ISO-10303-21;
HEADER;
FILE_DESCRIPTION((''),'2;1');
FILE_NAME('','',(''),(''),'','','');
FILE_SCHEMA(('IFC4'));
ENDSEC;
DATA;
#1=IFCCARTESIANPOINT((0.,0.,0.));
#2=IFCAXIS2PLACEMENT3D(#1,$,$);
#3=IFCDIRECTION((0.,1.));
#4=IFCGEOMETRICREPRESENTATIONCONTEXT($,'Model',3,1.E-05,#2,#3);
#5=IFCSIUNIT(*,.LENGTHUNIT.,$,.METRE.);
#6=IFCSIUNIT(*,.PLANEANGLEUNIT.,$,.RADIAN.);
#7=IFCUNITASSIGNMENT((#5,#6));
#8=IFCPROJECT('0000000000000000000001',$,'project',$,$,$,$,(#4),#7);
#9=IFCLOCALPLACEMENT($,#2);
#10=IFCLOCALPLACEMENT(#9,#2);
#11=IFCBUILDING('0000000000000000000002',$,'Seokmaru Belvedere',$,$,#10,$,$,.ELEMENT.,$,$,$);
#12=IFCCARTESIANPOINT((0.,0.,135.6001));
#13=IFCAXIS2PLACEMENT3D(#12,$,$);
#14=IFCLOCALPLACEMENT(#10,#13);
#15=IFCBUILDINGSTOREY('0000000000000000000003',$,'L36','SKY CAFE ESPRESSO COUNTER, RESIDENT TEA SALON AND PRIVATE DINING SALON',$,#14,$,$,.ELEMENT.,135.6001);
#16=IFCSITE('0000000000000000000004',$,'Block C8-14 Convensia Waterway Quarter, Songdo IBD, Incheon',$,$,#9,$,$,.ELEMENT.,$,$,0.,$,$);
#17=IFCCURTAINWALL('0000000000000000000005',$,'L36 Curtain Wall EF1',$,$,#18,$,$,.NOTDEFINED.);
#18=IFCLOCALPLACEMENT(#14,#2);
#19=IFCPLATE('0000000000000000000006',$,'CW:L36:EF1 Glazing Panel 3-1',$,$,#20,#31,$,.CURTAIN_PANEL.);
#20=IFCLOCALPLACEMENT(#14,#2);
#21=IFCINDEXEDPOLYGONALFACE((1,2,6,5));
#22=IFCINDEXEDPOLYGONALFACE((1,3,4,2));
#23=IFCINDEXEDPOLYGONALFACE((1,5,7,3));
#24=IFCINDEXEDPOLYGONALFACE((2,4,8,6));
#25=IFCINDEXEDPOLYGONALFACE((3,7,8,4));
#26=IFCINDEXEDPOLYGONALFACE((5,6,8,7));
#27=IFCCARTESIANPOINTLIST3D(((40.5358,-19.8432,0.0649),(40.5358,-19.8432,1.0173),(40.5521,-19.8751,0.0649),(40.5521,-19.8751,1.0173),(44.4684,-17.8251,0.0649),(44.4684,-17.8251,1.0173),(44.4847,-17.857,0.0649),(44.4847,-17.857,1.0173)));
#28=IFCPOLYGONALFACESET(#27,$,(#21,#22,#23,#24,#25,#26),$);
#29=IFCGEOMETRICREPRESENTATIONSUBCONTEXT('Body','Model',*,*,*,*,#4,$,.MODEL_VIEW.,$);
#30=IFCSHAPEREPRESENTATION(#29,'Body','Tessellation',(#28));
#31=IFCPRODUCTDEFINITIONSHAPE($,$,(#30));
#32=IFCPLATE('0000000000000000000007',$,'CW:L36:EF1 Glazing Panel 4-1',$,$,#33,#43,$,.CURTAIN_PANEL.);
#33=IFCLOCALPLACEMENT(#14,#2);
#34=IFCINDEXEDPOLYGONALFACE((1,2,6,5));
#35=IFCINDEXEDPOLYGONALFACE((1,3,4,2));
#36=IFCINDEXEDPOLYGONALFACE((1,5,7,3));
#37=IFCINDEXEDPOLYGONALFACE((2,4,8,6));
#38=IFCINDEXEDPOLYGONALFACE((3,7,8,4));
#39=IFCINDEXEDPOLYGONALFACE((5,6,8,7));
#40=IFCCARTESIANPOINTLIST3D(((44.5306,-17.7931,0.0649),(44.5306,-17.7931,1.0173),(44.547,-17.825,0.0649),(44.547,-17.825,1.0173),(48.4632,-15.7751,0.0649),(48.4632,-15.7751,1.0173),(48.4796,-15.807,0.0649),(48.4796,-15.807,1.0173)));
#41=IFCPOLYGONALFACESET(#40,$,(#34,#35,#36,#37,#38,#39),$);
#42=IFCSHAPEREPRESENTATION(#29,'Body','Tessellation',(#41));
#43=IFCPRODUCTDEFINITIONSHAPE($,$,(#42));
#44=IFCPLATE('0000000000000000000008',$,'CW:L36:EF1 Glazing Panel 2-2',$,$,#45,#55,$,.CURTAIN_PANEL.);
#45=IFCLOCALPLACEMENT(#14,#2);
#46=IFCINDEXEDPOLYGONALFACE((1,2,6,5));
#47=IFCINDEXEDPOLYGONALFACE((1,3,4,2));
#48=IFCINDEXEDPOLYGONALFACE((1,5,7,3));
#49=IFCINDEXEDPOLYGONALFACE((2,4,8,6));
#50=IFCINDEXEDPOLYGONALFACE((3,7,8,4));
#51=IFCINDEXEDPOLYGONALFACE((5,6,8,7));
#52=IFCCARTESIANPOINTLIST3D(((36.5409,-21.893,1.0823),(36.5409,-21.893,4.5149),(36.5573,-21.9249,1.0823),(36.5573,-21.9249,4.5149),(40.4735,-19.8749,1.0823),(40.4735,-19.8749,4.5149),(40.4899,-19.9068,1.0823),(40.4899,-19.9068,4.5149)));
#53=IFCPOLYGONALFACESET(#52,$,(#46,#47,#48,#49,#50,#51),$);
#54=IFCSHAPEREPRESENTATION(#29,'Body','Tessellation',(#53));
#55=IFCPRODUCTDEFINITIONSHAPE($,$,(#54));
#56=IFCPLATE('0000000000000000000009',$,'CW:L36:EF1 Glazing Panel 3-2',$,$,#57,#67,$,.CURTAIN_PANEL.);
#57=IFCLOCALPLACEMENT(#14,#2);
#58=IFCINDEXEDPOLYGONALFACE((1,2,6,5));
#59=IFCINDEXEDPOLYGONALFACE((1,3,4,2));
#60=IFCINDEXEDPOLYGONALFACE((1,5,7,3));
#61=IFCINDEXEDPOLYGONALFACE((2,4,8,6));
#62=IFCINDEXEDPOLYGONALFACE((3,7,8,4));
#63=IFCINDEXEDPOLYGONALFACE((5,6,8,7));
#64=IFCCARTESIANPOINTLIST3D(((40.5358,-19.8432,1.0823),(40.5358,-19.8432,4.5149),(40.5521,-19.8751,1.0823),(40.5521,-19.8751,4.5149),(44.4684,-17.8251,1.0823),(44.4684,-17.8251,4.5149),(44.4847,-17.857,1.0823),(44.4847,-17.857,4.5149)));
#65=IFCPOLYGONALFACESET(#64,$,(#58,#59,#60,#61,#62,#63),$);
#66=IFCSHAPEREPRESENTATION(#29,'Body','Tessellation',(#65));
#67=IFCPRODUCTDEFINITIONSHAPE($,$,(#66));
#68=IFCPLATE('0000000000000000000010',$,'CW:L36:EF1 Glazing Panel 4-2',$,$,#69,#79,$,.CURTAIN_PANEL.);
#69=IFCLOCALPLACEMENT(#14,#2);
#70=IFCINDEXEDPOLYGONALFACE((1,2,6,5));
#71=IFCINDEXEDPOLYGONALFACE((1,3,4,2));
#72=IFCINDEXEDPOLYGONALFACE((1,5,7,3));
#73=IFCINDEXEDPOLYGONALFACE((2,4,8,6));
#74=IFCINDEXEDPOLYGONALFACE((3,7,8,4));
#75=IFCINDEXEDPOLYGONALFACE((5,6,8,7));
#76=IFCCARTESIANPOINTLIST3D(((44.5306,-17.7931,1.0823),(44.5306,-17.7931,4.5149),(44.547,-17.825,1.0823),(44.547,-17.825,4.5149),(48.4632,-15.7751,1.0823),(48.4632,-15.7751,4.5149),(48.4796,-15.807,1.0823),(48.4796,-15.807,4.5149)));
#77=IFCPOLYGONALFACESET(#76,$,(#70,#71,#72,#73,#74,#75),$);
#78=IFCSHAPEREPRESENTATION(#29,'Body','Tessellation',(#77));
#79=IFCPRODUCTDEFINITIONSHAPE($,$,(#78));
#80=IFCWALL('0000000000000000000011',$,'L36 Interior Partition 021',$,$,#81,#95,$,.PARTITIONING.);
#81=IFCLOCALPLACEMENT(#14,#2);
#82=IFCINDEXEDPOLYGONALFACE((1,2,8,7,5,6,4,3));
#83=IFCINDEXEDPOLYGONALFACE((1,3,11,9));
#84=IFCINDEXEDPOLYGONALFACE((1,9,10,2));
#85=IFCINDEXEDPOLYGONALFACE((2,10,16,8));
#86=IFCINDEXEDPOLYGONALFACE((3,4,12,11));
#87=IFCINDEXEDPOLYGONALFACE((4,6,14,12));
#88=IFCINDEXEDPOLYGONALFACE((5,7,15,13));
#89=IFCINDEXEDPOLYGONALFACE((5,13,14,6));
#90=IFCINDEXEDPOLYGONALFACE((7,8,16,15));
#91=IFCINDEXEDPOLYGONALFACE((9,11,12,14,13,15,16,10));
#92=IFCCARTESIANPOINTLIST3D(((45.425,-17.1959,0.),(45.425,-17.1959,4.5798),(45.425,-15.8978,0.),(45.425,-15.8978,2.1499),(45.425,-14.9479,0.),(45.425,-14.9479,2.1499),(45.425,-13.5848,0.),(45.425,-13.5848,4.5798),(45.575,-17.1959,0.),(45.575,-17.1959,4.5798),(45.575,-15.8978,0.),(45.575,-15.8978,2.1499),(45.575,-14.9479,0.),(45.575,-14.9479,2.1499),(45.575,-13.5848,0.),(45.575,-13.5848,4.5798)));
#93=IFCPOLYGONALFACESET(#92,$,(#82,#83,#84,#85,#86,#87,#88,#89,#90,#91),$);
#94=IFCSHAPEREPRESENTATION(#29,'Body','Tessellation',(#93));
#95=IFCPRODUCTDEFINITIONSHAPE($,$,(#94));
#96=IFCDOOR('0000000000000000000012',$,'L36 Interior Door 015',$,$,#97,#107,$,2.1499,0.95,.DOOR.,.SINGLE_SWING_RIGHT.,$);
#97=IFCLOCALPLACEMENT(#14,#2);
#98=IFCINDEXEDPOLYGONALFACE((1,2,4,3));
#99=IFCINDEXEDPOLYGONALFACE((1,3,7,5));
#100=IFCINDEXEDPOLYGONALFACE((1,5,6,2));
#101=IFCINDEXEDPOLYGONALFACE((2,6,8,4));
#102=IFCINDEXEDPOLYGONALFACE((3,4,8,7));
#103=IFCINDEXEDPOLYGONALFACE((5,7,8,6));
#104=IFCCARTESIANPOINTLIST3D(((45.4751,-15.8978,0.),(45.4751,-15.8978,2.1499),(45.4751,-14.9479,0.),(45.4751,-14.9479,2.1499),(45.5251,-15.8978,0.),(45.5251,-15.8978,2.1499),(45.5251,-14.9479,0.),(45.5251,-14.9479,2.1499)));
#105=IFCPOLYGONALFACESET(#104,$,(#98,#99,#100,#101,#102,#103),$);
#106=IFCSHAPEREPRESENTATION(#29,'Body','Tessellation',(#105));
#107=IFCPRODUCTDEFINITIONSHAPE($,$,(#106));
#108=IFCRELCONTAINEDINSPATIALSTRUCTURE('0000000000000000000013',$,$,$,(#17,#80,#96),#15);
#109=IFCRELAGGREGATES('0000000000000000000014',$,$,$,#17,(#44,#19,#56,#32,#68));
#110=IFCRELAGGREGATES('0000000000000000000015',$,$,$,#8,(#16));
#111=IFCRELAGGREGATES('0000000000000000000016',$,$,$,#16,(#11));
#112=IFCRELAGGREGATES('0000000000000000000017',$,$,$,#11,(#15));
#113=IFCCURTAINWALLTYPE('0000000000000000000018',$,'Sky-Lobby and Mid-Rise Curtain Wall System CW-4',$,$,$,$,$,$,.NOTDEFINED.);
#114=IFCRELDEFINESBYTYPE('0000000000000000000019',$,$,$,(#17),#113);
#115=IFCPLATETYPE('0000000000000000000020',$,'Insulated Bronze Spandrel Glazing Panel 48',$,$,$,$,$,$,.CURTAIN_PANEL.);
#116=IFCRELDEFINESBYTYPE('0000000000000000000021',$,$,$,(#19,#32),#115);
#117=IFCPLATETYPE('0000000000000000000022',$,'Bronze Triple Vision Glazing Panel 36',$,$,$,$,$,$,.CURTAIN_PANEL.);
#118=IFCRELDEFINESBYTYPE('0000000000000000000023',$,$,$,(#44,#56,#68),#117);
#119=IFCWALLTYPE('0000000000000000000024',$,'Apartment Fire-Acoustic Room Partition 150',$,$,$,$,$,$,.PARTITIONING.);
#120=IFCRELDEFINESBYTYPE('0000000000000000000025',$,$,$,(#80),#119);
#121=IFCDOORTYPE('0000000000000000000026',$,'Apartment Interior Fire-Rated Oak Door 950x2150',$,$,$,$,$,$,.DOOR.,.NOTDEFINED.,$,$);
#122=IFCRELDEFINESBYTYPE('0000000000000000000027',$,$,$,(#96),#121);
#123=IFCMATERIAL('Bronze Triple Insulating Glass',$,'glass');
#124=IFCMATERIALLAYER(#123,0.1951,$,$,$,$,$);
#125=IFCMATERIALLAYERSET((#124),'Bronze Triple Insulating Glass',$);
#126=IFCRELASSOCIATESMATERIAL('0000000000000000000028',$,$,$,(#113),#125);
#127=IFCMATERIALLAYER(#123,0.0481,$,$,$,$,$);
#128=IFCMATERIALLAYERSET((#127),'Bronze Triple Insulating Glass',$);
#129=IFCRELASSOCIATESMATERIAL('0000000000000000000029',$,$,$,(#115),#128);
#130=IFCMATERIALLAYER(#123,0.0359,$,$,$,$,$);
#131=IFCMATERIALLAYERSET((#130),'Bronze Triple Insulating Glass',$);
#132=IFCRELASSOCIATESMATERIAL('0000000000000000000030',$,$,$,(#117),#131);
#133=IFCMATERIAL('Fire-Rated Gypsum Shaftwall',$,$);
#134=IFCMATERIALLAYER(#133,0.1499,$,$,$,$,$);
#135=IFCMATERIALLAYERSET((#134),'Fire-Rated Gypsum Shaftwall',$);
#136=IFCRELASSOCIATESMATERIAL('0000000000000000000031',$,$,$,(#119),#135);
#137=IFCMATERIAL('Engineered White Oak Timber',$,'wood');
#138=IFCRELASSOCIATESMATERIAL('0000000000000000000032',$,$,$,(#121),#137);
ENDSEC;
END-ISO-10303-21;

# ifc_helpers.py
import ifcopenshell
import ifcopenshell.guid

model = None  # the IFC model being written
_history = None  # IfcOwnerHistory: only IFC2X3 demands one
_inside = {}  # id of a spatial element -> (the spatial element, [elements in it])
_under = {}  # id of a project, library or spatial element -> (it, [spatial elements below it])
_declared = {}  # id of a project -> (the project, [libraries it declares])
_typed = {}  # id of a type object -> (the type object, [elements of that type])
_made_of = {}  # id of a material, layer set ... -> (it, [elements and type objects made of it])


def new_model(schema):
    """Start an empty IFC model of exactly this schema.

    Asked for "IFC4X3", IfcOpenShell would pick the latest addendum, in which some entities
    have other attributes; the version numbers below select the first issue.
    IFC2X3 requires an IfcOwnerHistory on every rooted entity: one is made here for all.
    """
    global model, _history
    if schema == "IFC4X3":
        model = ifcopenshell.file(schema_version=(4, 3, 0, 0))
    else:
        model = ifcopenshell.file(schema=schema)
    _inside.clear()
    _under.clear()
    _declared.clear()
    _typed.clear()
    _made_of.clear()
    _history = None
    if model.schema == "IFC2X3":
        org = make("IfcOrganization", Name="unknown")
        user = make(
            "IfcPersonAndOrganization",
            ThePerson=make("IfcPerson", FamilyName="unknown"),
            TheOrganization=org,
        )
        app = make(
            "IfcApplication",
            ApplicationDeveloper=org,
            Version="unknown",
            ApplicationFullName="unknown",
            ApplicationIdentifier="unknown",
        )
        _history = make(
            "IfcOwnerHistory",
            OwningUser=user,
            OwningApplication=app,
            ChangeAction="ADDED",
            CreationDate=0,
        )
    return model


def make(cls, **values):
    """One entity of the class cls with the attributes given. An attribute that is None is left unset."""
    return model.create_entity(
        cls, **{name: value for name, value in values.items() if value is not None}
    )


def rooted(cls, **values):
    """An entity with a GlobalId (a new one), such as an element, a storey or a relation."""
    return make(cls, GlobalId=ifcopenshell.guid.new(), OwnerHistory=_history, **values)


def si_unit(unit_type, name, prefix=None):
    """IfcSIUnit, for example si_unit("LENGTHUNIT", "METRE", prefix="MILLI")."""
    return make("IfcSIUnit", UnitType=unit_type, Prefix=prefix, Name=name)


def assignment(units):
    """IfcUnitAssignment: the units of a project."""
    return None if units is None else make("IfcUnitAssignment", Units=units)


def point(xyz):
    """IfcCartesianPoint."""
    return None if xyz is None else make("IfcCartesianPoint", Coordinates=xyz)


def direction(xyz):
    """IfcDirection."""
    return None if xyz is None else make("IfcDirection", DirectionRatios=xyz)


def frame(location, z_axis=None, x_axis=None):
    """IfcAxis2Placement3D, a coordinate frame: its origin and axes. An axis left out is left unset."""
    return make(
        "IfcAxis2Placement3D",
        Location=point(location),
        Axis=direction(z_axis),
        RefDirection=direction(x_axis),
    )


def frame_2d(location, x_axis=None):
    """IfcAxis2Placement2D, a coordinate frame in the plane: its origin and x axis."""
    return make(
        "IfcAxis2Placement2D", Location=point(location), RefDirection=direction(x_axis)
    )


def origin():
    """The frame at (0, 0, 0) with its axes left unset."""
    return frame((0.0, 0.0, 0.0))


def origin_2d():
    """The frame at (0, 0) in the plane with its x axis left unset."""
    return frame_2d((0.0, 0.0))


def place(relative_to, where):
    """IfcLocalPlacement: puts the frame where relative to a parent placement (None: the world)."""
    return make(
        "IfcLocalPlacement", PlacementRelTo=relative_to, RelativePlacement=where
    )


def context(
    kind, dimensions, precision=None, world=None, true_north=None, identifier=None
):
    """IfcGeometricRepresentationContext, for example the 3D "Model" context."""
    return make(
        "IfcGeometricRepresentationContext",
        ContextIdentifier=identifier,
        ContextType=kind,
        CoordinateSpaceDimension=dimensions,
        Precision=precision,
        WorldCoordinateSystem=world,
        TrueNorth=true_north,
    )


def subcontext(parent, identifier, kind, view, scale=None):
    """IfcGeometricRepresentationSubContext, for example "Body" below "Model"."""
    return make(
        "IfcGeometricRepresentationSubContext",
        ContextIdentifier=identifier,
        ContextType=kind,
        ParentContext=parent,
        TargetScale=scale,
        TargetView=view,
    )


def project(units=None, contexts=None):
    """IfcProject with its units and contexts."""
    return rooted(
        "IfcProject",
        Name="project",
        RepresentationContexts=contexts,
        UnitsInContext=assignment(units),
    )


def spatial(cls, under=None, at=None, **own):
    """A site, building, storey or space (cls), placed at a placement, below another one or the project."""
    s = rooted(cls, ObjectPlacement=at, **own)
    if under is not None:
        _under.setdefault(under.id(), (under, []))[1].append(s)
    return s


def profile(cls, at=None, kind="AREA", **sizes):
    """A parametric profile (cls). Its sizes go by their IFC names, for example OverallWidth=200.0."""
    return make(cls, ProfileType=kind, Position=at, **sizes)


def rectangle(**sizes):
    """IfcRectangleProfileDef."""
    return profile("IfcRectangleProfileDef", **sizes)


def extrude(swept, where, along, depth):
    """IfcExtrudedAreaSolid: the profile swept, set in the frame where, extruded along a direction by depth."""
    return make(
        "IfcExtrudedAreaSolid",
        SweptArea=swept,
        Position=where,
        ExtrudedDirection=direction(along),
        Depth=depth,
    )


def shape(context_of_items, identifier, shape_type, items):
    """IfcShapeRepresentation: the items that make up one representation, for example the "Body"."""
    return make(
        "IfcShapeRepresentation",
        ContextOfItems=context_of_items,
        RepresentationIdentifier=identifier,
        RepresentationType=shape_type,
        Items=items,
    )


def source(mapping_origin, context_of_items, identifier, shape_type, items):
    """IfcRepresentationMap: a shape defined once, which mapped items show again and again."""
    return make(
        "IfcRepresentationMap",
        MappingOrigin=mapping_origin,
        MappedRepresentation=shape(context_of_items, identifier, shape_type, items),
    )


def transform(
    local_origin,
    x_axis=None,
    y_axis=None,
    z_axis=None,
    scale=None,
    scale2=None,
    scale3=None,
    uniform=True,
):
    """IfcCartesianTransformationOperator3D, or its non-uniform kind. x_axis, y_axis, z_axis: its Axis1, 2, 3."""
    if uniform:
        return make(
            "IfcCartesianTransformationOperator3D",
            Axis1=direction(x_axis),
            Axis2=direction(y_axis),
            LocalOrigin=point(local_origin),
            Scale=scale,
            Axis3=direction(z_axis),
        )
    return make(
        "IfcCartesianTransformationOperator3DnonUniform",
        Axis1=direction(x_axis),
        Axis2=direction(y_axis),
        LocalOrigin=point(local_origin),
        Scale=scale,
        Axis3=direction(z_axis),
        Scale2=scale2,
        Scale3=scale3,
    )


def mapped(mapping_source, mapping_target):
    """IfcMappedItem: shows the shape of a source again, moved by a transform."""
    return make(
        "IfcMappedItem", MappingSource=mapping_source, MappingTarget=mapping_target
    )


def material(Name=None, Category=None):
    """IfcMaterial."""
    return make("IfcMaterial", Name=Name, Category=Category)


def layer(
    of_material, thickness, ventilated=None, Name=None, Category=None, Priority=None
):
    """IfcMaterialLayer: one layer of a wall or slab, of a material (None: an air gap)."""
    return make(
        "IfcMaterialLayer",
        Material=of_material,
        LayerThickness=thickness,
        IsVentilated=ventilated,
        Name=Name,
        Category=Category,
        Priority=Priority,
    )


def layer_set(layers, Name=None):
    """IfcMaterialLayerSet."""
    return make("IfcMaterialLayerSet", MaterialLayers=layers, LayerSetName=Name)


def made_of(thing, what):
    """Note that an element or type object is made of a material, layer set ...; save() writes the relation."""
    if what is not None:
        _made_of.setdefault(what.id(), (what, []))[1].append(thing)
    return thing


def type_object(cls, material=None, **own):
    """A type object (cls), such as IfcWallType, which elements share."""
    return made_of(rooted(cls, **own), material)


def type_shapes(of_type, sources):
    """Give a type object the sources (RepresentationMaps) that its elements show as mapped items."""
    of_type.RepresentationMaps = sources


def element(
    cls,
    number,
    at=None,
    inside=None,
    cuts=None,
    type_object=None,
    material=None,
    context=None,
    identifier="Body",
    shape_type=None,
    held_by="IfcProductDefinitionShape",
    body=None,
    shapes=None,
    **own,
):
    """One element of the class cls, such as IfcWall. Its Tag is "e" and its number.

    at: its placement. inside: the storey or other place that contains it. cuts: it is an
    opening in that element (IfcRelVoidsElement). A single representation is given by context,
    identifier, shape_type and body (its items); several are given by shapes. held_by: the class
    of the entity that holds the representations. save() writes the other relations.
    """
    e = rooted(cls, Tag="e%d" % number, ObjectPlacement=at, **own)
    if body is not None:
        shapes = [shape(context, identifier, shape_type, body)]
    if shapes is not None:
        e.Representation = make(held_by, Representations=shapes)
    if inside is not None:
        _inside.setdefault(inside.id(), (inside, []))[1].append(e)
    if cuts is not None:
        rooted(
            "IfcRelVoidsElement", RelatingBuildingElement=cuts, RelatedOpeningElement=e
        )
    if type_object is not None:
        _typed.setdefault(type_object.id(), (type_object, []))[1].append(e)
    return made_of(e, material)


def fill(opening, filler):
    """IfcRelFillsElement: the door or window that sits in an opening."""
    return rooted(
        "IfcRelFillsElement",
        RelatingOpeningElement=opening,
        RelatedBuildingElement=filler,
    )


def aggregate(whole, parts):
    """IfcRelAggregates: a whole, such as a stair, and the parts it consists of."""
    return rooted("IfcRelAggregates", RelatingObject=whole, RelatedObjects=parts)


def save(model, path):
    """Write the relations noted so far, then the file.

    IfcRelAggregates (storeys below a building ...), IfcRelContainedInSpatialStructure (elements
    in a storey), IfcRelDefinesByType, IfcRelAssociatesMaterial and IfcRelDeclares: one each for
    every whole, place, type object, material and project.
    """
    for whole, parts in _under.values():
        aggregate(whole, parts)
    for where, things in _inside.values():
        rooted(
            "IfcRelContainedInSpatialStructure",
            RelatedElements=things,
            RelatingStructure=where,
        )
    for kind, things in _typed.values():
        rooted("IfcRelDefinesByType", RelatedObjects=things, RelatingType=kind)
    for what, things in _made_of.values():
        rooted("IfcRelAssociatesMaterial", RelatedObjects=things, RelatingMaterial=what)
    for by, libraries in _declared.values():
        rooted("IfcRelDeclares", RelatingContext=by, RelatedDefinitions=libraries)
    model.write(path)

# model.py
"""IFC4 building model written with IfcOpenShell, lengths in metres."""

from ifc_helpers import new_model, si_unit, direction, frame, frame_2d, origin, origin_2d, place, context, subcontext, project, spatial, rectangle, extrude, source, transform, mapped, material, layer, layer_set, type_object, type_shapes, element, fill, aggregate, save


model = new_model("IFC4")

# Units and contexts
model_context = context("Model", 3, precision=1e-05, world=origin(), true_north=direction((0.0, 1.0)))
body_context = subcontext(model_context, "Body", "Model", "MODEL_VIEW")
ifc_project = project(units=[si_unit("LENGTHUNIT", "METRE"), si_unit("PLANEANGLEUNIT", "RADIAN")], contexts=[model_context])

# Site, building, storey
site_placement = place(None, origin())
site = spatial("IfcSite", under=ifc_project, at=site_placement, Name="Block C8-14 Convensia Waterway Quarter, Songdo IBD, Incheon", CompositionType="ELEMENT", RefElevation=0.0)
building_placement = place(site_placement, origin())
building = spatial("IfcBuilding", under=site, at=building_placement, Name="Seokmaru Belvedere", CompositionType="ELEMENT")
storey_placement = place(building_placement, frame((0.0, 0.0, 135.6001)))
storey = spatial("IfcBuildingStorey", under=building, at=storey_placement, Name="L36", Description="SKY CAFE ESPRESSO COUNTER, RESIDENT TEA SALON AND PRIVATE DINING SALON", CompositionType="ELEMENT", Elevation=135.6001)

# Curtain wall, plates
ifc_material_1 = material(Name="Bronze Triple Insulating Glass", Category="glass")
ifc_layer_1 = layer(ifc_material_1, 0.1951)
ifc_layer_set_1 = layer_set([ifc_layer_1], Name="Bronze Triple Insulating Glass")
curtain_wall_type = type_object("IfcCurtainWallType", Name="Sky-Lobby and Mid-Rise Curtain Wall System CW-4", PredefinedType="NOTDEFINED", material=ifc_layer_set_1)
curtain_wall_placement = place(storey_placement, origin())
curtain_wall = element("IfcCurtainWall", 1, at=curtain_wall_placement, inside=storey, type_object=curtain_wall_type, Name="L36 Curtain Wall EF1", PredefinedType="NOTDEFINED")
ifc_layer_2 = layer(ifc_material_1, 0.0481)
ifc_layer_set_2 = layer_set([ifc_layer_2], Name="Bronze Triple Insulating Glass")
plate_type_1 = type_object("IfcPlateType", Name="Insulated Bronze Spandrel Glazing Panel 48", PredefinedType="CURTAIN_PANEL", material=ifc_layer_set_2)
shared_shape_1 = source(origin(), body_context, "Body", "SweptSolid", [
    extrude(rectangle(XDim=4.4202, YDim=0.0359, at=origin_2d()), origin(), (0.0, 0.0, 1.0), 0.9524),
])
type_shapes(plate_type_1, [shared_shape_1])
plate_1_placement = place(storey_placement, frame((42.5103, -18.8501, 0.0649), z_axis=(0.0, 0.0, 1.0), x_axis=(0.889695, 0.456555, 0.0)))
plate_1 = element("IfcPlate", 2, at=plate_1_placement, type_object=plate_type_1, Name="CW:L36:EF1 Glazing Panel 3-1", PredefinedType="CURTAIN_PANEL", context=body_context, shape_type="MappedRepresentation", body=[
    mapped(shared_shape_1, transform((0.0, 0.0, 0.0), scale=1.0)),
])
plate_2_placement = place(storey_placement, frame((46.5051, -16.8, 0.0649), z_axis=(0.0, 0.0, 1.0), x_axis=(0.889695, 0.456555, 0.0)))
plate_2 = element("IfcPlate", 3, at=plate_2_placement, type_object=plate_type_1, Name="CW:L36:EF1 Glazing Panel 4-1", PredefinedType="CURTAIN_PANEL", context=body_context, shape_type="MappedRepresentation", body=[
    mapped(shared_shape_1, transform((0.0, 0.0, 0.0), scale=1.0)),
])
ifc_layer_3 = layer(ifc_material_1, 0.0359)
ifc_layer_set_3 = layer_set([ifc_layer_3], Name="Bronze Triple Insulating Glass")
plate_type_2 = type_object("IfcPlateType", Name="Bronze Triple Vision Glazing Panel 36", PredefinedType="CURTAIN_PANEL", material=ifc_layer_set_3)
shared_shape_2 = source(origin(), body_context, "Body", "SweptSolid", [
    extrude(rectangle(XDim=4.4202, YDim=0.0359, at=origin_2d()), origin(), (0.0, 0.0, 1.0), 3.4326),
])
type_shapes(plate_type_2, [shared_shape_2])
plate_3_placement = place(storey_placement, frame((38.5154, -20.8999, 1.0823), z_axis=(0.0, 0.0, 1.0), x_axis=(0.889695, 0.456555, 0.0)))
plate_3 = element("IfcPlate", 4, at=plate_3_placement, type_object=plate_type_2, Name="CW:L36:EF1 Glazing Panel 2-2", PredefinedType="CURTAIN_PANEL", context=body_context, shape_type="MappedRepresentation", body=[
    mapped(shared_shape_2, transform((0.0, 0.0, 0.0), scale=1.0)),
])
plate_4_placement = place(storey_placement, frame((42.5103, -18.8501, 1.0823), z_axis=(0.0, 0.0, 1.0), x_axis=(0.889695, 0.456555, 0.0)))
plate_4 = element("IfcPlate", 5, at=plate_4_placement, type_object=plate_type_2, Name="CW:L36:EF1 Glazing Panel 3-2", PredefinedType="CURTAIN_PANEL", context=body_context, shape_type="MappedRepresentation", body=[
    mapped(shared_shape_2, transform((0.0, 0.0, 0.0), scale=1.0)),
])
plate_5_placement = place(storey_placement, frame((46.5051, -16.8, 1.0823), z_axis=(0.0, 0.0, 1.0), x_axis=(0.889695, 0.456555, 0.0)))
plate_5 = element("IfcPlate", 6, at=plate_5_placement, type_object=plate_type_2, Name="CW:L36:EF1 Glazing Panel 4-2", PredefinedType="CURTAIN_PANEL", context=body_context, shape_type="MappedRepresentation", body=[
    mapped(shared_shape_2, transform((0.0, 0.0, 0.0), scale=1.0)),
])
aggregate(curtain_wall, [plate_3, plate_1, plate_4, plate_2, plate_5])

# Wall, opening, door
ifc_material_2 = material(Name="Fire-Rated Gypsum Shaftwall")
ifc_layer_4 = layer(ifc_material_2, 0.1499)
ifc_layer_set_4 = layer_set([ifc_layer_4], Name="Fire-Rated Gypsum Shaftwall")
wall_type = type_object("IfcWallType", Name="Apartment Fire-Acoustic Room Partition 150", PredefinedType="PARTITIONING", material=ifc_layer_set_4)
wall_placement = place(storey_placement, frame((45.5, -17.196, 0.0), z_axis=(0.0, 0.0, 1.0), x_axis=(0.0, 1.0, 0.0)))
wall = element("IfcWall", 7, at=wall_placement, inside=storey, type_object=wall_type, Name="L36 Interior Partition 021", PredefinedType="PARTITIONING", context=body_context, shape_type="SweptSolid", body=[
    extrude(rectangle(XDim=3.6111, YDim=0.1499, at=frame_2d((1.8057, 0.0))), origin(), (0.0, 0.0, 1.0), 4.5798),
])
opening_placement = place(wall_placement, frame((1.2981, 0.0, 0.0)))
opening = element("IfcOpeningElement", 8, at=opening_placement, cuts=wall, PredefinedType="OPENING", context=body_context, shape_type="SweptSolid", body=[
    extrude(rectangle(XDim=0.95, YDim=2.1499, at=frame_2d((0.4751, 1.075))), frame((0.0, 0.085, 0.0), z_axis=(0.0, -1.0, 0.0), x_axis=(1.0, 0.0, 0.0)), (0.0, 0.0, 1.0), 0.1699),
])
ifc_material_3 = material(Name="Engineered White Oak Timber", Category="wood")
door_type = type_object("IfcDoorType", Name="Apartment Interior Fire-Rated Oak Door 950x2150", OperationType="NOTDEFINED", PredefinedType="DOOR", material=ifc_material_3)
shared_shape_3 = source(origin(), body_context, "Body", "SweptSolid", [
    extrude(rectangle(XDim=0.95, YDim=2.1499, at=frame_2d((0.4751, 1.075))), frame((0.0, 0.0249, 0.0), z_axis=(0.0, -1.0, 0.0), x_axis=(1.0, 0.0, 0.0)), (0.0, 0.0, 1.0), 0.05),
])
type_shapes(door_type, [shared_shape_3])
door_placement = place(opening_placement, origin())
door = element("IfcDoor", 9, at=door_placement, inside=storey, type_object=door_type, Name="L36 Interior Door 015", OperationType="SINGLE_SWING_RIGHT", OverallHeight=2.1499, OverallWidth=0.95, PredefinedType="DOOR", context=body_context, shape_type="MappedRepresentation", body=[
    mapped(shared_shape_3, transform((0.0, 0.0, 0.0), scale=1.0)),
])
fill(opening, door)

save(model, "model.ifc")
